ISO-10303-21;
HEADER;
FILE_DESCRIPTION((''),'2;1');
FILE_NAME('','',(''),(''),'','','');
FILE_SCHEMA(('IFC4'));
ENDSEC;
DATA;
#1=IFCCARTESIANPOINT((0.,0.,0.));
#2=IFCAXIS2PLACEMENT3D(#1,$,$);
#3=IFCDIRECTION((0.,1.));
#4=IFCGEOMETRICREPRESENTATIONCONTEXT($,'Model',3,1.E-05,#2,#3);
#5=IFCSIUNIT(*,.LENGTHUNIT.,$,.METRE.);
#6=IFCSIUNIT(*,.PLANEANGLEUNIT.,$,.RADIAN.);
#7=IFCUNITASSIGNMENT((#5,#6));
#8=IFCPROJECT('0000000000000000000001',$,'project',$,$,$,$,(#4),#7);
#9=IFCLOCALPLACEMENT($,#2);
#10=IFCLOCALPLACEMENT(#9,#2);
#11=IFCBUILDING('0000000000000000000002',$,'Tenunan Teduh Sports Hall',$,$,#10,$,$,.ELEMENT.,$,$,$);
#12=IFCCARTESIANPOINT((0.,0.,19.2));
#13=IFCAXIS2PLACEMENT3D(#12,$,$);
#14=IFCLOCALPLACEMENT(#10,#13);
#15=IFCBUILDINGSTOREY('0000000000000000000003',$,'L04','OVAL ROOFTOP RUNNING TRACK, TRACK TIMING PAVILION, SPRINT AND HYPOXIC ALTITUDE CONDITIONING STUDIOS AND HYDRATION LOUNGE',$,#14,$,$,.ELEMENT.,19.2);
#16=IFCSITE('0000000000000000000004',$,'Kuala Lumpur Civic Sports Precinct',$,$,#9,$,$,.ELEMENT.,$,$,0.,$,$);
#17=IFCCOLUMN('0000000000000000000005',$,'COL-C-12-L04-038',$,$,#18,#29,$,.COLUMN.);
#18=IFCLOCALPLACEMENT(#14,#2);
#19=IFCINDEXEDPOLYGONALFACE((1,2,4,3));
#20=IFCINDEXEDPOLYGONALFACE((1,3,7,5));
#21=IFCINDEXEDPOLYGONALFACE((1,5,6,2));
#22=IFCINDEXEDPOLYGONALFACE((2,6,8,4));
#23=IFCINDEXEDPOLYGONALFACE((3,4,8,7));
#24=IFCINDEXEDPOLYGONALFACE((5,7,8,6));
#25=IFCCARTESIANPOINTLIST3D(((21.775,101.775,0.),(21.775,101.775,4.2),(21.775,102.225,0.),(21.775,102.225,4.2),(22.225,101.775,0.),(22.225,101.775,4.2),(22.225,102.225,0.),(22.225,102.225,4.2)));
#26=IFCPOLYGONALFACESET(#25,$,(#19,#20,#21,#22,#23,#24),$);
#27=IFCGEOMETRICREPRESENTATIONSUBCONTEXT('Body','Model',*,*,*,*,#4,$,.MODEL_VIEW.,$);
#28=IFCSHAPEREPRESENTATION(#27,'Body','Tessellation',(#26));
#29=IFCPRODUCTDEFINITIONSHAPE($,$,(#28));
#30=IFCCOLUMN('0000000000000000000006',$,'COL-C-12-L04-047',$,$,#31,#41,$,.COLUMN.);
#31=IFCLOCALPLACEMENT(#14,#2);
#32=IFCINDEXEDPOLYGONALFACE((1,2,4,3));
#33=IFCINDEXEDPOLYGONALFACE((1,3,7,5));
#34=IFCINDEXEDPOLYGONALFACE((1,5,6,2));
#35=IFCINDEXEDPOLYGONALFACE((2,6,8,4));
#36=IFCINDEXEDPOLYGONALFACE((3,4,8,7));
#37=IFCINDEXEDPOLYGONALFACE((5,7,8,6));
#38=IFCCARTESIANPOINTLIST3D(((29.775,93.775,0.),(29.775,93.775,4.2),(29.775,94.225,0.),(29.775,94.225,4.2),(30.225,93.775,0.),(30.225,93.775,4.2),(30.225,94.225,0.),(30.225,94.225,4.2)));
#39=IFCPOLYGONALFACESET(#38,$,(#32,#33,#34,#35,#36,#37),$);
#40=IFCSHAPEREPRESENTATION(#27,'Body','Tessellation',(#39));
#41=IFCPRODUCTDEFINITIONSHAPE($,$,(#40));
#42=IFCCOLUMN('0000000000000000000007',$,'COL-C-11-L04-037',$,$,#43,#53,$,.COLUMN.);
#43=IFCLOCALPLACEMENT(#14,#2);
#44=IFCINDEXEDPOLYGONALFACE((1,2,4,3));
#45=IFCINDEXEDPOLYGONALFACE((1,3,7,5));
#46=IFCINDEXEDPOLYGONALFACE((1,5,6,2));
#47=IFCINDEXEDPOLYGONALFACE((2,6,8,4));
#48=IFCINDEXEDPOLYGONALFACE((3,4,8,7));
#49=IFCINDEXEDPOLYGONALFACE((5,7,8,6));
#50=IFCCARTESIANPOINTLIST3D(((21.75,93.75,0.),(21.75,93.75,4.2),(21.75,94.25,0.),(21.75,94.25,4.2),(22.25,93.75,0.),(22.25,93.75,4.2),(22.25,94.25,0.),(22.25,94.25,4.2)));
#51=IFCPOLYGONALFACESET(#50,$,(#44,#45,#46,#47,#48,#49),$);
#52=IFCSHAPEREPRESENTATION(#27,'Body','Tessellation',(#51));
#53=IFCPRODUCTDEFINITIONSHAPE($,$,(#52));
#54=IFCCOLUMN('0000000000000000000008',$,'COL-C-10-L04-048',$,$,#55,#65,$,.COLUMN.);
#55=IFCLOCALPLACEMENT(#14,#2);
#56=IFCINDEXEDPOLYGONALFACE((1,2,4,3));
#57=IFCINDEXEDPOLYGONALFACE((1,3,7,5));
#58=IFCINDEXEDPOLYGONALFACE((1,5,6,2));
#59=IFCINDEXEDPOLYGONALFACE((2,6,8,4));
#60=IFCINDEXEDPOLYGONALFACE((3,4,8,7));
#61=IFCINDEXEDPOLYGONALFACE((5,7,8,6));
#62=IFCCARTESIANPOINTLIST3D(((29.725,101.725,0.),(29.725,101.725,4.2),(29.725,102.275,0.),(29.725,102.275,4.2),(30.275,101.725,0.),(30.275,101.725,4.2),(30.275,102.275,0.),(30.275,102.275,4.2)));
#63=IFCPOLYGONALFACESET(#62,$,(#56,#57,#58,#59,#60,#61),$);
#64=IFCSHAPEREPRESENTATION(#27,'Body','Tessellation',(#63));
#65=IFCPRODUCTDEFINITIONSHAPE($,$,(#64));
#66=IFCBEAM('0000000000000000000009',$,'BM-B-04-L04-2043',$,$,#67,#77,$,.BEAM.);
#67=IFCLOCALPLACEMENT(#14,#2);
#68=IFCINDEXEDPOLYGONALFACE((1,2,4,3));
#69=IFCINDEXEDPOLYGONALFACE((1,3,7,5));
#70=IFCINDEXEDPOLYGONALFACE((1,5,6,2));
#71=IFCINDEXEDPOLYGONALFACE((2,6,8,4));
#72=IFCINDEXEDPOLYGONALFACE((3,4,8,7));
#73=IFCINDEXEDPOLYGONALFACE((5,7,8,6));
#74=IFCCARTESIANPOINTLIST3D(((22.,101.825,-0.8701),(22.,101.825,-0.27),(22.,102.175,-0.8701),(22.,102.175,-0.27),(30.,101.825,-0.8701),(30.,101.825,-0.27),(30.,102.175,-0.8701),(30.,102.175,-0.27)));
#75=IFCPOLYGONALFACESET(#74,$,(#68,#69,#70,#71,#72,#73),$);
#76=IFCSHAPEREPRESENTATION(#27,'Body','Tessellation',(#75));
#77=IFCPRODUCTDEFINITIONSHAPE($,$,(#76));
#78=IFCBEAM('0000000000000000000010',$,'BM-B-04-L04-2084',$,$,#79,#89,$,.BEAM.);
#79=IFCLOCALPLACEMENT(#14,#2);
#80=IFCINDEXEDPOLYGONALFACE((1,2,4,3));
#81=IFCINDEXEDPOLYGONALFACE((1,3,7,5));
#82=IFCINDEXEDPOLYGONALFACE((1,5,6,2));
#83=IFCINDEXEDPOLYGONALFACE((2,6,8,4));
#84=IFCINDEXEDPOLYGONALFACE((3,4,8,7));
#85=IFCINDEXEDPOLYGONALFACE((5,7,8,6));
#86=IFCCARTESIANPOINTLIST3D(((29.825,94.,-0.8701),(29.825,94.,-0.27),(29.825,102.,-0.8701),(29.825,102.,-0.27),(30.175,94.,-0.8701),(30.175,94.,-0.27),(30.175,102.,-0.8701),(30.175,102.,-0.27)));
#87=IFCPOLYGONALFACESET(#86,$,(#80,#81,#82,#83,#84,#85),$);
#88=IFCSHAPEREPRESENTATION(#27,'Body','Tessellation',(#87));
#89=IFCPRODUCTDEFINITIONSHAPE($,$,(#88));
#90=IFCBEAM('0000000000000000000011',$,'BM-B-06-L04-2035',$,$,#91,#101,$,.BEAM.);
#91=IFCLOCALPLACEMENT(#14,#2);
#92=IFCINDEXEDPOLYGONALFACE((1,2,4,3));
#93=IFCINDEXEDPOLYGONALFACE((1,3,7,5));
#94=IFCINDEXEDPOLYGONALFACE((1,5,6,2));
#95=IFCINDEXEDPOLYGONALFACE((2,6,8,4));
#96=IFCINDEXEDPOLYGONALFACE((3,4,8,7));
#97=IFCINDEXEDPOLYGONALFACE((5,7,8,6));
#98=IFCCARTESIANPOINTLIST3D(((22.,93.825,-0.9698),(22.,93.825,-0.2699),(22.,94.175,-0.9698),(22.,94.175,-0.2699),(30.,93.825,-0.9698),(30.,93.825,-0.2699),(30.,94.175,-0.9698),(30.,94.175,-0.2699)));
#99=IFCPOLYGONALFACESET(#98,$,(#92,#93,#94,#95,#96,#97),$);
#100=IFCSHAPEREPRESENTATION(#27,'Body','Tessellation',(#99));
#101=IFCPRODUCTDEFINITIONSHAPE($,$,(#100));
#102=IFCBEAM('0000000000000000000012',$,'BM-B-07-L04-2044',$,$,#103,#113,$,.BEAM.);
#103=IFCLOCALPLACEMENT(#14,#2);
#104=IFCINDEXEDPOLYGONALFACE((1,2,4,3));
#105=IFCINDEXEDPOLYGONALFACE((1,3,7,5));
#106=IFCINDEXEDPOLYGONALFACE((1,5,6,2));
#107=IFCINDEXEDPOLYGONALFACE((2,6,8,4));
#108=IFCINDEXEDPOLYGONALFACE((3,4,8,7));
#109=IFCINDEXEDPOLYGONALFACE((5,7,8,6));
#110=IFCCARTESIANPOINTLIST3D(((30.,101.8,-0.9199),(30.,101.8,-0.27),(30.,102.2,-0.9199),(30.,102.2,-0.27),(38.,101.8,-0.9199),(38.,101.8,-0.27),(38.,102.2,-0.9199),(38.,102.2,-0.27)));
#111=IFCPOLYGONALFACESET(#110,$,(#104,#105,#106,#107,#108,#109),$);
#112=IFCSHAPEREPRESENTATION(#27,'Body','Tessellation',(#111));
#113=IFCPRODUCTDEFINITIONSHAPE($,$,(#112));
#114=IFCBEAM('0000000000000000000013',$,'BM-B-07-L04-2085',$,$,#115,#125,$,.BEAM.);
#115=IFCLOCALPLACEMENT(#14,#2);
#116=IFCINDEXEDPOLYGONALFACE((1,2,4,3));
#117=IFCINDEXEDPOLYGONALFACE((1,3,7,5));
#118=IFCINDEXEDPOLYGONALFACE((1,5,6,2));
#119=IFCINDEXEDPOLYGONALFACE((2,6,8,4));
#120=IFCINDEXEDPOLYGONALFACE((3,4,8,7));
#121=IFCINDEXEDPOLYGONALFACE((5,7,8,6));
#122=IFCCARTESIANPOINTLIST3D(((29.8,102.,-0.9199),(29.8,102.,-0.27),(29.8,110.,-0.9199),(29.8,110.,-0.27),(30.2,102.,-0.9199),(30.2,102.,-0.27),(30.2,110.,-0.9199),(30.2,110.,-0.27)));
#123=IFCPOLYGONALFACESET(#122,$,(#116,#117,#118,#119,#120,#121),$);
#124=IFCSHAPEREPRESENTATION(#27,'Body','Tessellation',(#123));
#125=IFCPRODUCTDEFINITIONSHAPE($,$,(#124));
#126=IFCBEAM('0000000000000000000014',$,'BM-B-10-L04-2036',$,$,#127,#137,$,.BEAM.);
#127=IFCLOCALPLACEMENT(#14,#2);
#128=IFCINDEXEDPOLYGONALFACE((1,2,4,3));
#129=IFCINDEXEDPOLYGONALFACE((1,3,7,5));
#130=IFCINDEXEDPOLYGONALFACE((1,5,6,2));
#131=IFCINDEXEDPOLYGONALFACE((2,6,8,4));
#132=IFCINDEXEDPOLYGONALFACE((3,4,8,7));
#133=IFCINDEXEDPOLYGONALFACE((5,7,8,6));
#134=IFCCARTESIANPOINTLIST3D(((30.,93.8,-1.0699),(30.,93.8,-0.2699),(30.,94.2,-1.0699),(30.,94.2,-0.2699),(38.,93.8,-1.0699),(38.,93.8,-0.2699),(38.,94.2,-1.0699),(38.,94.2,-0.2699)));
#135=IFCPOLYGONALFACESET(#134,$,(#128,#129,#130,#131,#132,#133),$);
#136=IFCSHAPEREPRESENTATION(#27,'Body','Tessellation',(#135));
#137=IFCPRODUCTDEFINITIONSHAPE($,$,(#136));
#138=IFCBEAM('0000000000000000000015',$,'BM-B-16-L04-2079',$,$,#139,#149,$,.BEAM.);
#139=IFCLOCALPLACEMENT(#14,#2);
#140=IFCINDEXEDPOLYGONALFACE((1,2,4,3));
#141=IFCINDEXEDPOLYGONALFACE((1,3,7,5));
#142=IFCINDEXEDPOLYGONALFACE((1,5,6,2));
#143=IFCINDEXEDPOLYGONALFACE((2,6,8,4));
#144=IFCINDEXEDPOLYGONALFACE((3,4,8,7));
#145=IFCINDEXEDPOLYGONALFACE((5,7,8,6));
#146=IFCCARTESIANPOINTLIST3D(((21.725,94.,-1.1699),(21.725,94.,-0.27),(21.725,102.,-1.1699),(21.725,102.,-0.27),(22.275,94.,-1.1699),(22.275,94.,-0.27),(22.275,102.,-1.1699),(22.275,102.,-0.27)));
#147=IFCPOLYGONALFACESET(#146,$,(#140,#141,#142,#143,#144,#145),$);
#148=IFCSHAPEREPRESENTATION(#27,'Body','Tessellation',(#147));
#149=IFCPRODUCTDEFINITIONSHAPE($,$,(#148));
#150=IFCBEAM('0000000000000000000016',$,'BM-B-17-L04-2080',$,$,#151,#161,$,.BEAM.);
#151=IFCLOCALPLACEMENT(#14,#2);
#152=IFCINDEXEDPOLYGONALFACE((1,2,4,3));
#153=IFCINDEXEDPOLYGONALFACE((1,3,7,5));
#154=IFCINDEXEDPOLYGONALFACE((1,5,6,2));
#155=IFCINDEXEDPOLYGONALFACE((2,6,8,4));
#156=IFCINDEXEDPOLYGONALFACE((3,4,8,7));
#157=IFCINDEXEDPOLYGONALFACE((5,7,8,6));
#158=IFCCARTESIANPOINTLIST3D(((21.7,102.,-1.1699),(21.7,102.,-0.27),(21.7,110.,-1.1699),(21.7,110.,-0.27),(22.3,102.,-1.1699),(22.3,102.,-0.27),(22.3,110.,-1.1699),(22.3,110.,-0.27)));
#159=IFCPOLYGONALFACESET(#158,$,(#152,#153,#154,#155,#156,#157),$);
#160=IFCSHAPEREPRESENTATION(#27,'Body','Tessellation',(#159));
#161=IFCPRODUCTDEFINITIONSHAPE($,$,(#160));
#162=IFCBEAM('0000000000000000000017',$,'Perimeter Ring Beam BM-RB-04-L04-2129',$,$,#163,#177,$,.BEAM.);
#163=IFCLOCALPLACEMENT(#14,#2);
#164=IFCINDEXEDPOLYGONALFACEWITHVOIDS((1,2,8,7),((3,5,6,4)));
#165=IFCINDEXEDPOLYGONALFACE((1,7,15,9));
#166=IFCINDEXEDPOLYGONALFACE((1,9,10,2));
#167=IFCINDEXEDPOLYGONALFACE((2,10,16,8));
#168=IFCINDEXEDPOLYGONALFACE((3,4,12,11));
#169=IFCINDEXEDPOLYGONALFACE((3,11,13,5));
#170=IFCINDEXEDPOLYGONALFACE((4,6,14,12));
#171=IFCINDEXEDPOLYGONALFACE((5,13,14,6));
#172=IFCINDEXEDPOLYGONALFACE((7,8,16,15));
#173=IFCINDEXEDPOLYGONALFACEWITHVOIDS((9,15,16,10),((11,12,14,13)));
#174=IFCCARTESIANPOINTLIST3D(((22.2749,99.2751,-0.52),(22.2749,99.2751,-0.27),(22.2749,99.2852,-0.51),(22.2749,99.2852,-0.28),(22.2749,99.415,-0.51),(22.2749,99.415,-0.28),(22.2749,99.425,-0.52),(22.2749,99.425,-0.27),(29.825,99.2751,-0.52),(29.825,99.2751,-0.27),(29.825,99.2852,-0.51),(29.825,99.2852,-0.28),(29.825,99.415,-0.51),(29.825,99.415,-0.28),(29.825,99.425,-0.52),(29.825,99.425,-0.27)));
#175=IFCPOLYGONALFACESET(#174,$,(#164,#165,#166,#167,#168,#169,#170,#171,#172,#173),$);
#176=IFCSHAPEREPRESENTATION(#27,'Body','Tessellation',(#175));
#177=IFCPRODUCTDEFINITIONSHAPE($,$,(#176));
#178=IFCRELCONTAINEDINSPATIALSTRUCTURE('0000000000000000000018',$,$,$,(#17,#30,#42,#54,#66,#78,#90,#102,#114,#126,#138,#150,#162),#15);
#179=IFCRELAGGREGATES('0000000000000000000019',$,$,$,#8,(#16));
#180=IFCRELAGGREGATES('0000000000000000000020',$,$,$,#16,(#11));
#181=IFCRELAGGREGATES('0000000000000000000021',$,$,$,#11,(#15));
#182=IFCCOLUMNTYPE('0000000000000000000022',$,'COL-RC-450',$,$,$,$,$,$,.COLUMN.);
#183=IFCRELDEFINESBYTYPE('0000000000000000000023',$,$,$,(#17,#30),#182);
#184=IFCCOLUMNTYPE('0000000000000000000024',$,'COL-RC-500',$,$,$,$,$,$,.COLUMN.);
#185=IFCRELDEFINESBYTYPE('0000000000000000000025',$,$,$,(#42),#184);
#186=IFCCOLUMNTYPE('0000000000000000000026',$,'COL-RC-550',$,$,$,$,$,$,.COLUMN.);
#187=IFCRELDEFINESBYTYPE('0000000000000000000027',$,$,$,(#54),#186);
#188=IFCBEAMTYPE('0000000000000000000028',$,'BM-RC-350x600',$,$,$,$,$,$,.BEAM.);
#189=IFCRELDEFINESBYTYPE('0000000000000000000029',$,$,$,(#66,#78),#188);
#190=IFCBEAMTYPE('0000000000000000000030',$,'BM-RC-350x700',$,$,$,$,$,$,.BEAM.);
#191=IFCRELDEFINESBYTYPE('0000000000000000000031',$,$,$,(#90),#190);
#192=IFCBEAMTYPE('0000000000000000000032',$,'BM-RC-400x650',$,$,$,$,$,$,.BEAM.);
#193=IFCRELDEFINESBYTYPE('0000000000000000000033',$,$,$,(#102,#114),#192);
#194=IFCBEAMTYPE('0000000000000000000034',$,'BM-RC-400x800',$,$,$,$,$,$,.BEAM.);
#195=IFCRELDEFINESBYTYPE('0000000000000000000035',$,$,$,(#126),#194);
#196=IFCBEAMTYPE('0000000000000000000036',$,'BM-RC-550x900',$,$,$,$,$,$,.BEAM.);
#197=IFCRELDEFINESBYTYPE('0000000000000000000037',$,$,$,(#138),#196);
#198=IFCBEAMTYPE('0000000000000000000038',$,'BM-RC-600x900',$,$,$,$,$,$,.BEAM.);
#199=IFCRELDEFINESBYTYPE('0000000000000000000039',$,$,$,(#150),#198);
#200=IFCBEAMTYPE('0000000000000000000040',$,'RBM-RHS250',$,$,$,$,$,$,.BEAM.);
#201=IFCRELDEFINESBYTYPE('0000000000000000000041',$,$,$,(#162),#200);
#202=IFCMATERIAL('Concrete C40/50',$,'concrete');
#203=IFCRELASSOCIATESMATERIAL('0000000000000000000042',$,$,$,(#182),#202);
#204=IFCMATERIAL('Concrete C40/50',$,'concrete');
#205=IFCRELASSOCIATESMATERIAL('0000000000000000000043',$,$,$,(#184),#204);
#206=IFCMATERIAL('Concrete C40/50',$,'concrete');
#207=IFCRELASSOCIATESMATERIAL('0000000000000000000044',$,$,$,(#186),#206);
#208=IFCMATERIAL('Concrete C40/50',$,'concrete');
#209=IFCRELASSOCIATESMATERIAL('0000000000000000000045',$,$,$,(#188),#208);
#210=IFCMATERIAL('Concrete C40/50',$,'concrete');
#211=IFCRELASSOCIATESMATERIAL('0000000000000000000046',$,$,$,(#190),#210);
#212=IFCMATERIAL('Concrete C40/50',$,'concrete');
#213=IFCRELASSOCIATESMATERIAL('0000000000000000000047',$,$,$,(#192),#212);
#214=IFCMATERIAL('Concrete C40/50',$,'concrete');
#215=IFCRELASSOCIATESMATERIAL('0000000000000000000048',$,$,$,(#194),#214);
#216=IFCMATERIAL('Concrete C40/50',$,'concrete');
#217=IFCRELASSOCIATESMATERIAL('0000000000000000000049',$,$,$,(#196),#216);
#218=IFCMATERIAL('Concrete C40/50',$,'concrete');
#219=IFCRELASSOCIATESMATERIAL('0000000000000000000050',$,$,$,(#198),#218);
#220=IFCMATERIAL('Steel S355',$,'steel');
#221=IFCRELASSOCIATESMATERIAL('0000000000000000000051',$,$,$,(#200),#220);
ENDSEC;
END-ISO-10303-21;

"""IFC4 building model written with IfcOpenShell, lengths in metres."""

from ifc_helpers import new_model, si_unit, direction, frame, origin, origin_2d, place, context, subcontext, project, spatial, rectangle, hollow_rectangle, extrude, material, material_profile, profile_set, type_object, element, save


model = new_model("IFC4")

# Units and contexts
model_context = context("Model", 3, precision=1e-05, world=origin(), true_north=direction((0.0, 1.0)))
body_context = subcontext(model_context, "Body", "Model", "MODEL_VIEW")
ifc_project = project(units=[si_unit("LENGTHUNIT", "METRE"), si_unit("PLANEANGLEUNIT", "RADIAN")], contexts=[model_context])

# Site, building, storey
site_placement = place(None, origin())
site = spatial("IfcSite", under=ifc_project, at=site_placement, Name="Kuala Lumpur Civic Sports Precinct", CompositionType="ELEMENT", RefElevation=0.0)
building_placement = place(site_placement, origin())
building = spatial("IfcBuilding", under=site, at=building_placement, Name="Tenunan Teduh Sports Hall", CompositionType="ELEMENT")
storey_placement = place(building_placement, frame((0.0, 0.0, 19.2)))
storey = spatial("IfcBuildingStorey", under=building, at=storey_placement, Name="L04", Description="OVAL ROOFTOP RUNNING TRACK, TRACK TIMING PAVILION, SPRINT AND HYPOXIC ALTITUDE CONDITIONING STUDIOS AND HYDRATION LOUNGE", CompositionType="ELEMENT", Elevation=19.2)

# Columns
ifc_material_1 = material(Name="Concrete C40/50", Category="concrete")
ifc_material_profile_1 = material_profile(ifc_material_1, rectangle(XDim=0.45, YDim=0.45, at=origin_2d()), Name="RC 450x450")
ifc_profile_set_1 = profile_set([ifc_material_profile_1], Name="Concrete C40/50")
column_type_1 = type_object("IfcColumnType", Name="COL-RC-450", PredefinedType="COLUMN", material=ifc_profile_set_1)
for number, where, z_axis, x_axis, name in (
    (1, (22.0, 102.0, 0.0), (0.0, 0.0, 1.0), (1.0, 0.0, 0.0), "COL-C-12-L04-038"),
    (2, (30.0, 94.0, 0.0), (0.0, 0.0, 1.0), (1.0, 0.0, 0.0), "COL-C-12-L04-047"),
):
    element("IfcColumn", number, at=place(storey_placement, frame(where, z_axis=z_axis, x_axis=x_axis)), inside=storey, type_object=column_type_1, Name=name, PredefinedType="COLUMN", context=body_context, shape_type="SweptSolid", body=[
        extrude(rectangle(XDim=0.45, YDim=0.45, at=origin_2d()), origin(), (0.0, 0.0, 1.0), 4.2),
    ])
ifc_material_2 = material(Name="Concrete C40/50", Category="concrete")
ifc_material_profile_2 = material_profile(ifc_material_2, rectangle(XDim=0.5, YDim=0.5, at=origin_2d()), Name="RC 500x500")
ifc_profile_set_2 = profile_set([ifc_material_profile_2], Name="Concrete C40/50")
column_type_2 = type_object("IfcColumnType", Name="COL-RC-500", PredefinedType="COLUMN", material=ifc_profile_set_2)
column_1_placement = place(storey_placement, frame((22.0, 94.0, 0.0), z_axis=(0.0, 0.0, 1.0), x_axis=(1.0, 0.0, 0.0)))
element("IfcColumn", 3, at=column_1_placement, inside=storey, type_object=column_type_2, Name="COL-C-11-L04-037", PredefinedType="COLUMN", context=body_context, shape_type="SweptSolid", body=[
    extrude(rectangle(XDim=0.5, YDim=0.5, at=origin_2d()), origin(), (0.0, 0.0, 1.0), 4.2),
])
ifc_material_3 = material(Name="Concrete C40/50", Category="concrete")
ifc_material_profile_3 = material_profile(ifc_material_3, rectangle(XDim=0.55, YDim=0.55, at=origin_2d()), Name="RC 550x550")
ifc_profile_set_3 = profile_set([ifc_material_profile_3], Name="Concrete C40/50")
column_type_3 = type_object("IfcColumnType", Name="COL-RC-550", PredefinedType="COLUMN", material=ifc_profile_set_3)
column_2_placement = place(storey_placement, frame((30.0, 102.0, 0.0), z_axis=(0.0, 0.0, 1.0), x_axis=(1.0, 0.0, 0.0)))
element("IfcColumn", 4, at=column_2_placement, inside=storey, type_object=column_type_3, Name="COL-C-10-L04-048", PredefinedType="COLUMN", context=body_context, shape_type="SweptSolid", body=[
    extrude(rectangle(XDim=0.55, YDim=0.55, at=origin_2d()), origin(), (0.0, 0.0, 1.0), 4.2),
])

# Beams
ifc_material_4 = material(Name="Concrete C40/50", Category="concrete")
ifc_material_profile_4 = material_profile(ifc_material_4, rectangle(XDim=0.3501, YDim=0.6001, at=origin_2d()), Name="RCB 350x600")
ifc_profile_set_4 = profile_set([ifc_material_profile_4], Name="Concrete C40/50")
beam_type_1 = type_object("IfcBeamType", Name="BM-RC-350x600", PredefinedType="BEAM", material=ifc_profile_set_4)
for number, where, z_axis, x_axis, name in (
    (5, (22.0, 102.0, -0.5701), (1.0, 0.0, 0.0), (0.0, 1.0, 0.0), "BM-B-04-L04-2043"),
    (6, (30.0, 94.0, -0.5701), (0.0, 1.0, 0.0), (-1.0, 0.0, 0.0), "BM-B-04-L04-2084"),
):
    element("IfcBeam", number, at=place(storey_placement, frame(where, z_axis=z_axis, x_axis=x_axis)), inside=storey, type_object=beam_type_1, Name=name, PredefinedType="BEAM", context=body_context, shape_type="SweptSolid", body=[
        extrude(rectangle(XDim=0.3501, YDim=0.6001, at=origin_2d()), origin(), (0.0, 0.0, 1.0), 8.0),
    ])
ifc_material_5 = material(Name="Concrete C40/50", Category="concrete")
ifc_material_profile_5 = material_profile(ifc_material_5, rectangle(XDim=0.3501, YDim=0.7, at=origin_2d()), Name="RCB 350x700")
ifc_profile_set_5 = profile_set([ifc_material_profile_5], Name="Concrete C40/50")
beam_type_2 = type_object("IfcBeamType", Name="BM-RC-350x700", PredefinedType="BEAM", material=ifc_profile_set_5)
beam_1_placement = place(storey_placement, frame((22.0, 94.0, -0.6199), z_axis=(1.0, 0.0, 0.0), x_axis=(0.0, 1.0, 0.0)))
element("IfcBeam", 7, at=beam_1_placement, inside=storey, type_object=beam_type_2, Name="BM-B-06-L04-2035", PredefinedType="BEAM", context=body_context, shape_type="SweptSolid", body=[
    extrude(rectangle(XDim=0.3501, YDim=0.7, at=origin_2d()), origin(), (0.0, 0.0, 1.0), 8.0),
])
ifc_material_6 = material(Name="Concrete C40/50", Category="concrete")
ifc_material_profile_6 = material_profile(ifc_material_6, rectangle(XDim=0.3999, YDim=0.6499, at=origin_2d()), Name="RCB 400x650")
ifc_profile_set_6 = profile_set([ifc_material_profile_6], Name="Concrete C40/50")
beam_type_3 = type_object("IfcBeamType", Name="BM-RC-400x650", PredefinedType="BEAM", material=ifc_profile_set_6)
for number, where, z_axis, x_axis, name in (
    (8, (30.0, 102.0, -0.595), (1.0, 0.0, 0.0), (0.0, 1.0, 0.0), "BM-B-07-L04-2044"),
    (9, (30.0, 102.0, -0.595), (0.0, 1.0, 0.0), (-1.0, 0.0, 0.0), "BM-B-07-L04-2085"),
):
    element("IfcBeam", number, at=place(storey_placement, frame(where, z_axis=z_axis, x_axis=x_axis)), inside=storey, type_object=beam_type_3, Name=name, PredefinedType="BEAM", context=body_context, shape_type="SweptSolid", body=[
        extrude(rectangle(XDim=0.3999, YDim=0.6499, at=origin_2d()), origin(), (0.0, 0.0, 1.0), 8.0),
    ])
ifc_material_7 = material(Name="Concrete C40/50", Category="concrete")
ifc_material_profile_7 = material_profile(ifc_material_7, rectangle(XDim=0.3999, YDim=0.8, at=origin_2d()), Name="RCB 400x800")
ifc_profile_set_7 = profile_set([ifc_material_profile_7], Name="Concrete C40/50")
beam_type_4 = type_object("IfcBeamType", Name="BM-RC-400x800", PredefinedType="BEAM", material=ifc_profile_set_7)
beam_2_placement = place(storey_placement, frame((30.0, 94.0, -0.6699), z_axis=(1.0, 0.0, 0.0), x_axis=(0.0, 1.0, 0.0)))
element("IfcBeam", 10, at=beam_2_placement, inside=storey, type_object=beam_type_4, Name="BM-B-10-L04-2036", PredefinedType="BEAM", context=body_context, shape_type="SweptSolid", body=[
    extrude(rectangle(XDim=0.3999, YDim=0.8, at=origin_2d()), origin(), (0.0, 0.0, 1.0), 8.0),
])
ifc_material_8 = material(Name="Concrete C40/50", Category="concrete")
ifc_material_profile_8 = material_profile(ifc_material_8, rectangle(XDim=0.55, YDim=0.8999, at=origin_2d()), Name="RCB 550x900")
ifc_profile_set_8 = profile_set([ifc_material_profile_8], Name="Concrete C40/50")
beam_type_5 = type_object("IfcBeamType", Name="BM-RC-550x900", PredefinedType="BEAM", material=ifc_profile_set_8)
beam_3_placement = place(storey_placement, frame((22.0, 94.0, -0.72), z_axis=(0.0, 1.0, 0.0), x_axis=(-1.0, 0.0, 0.0)))
element("IfcBeam", 11, at=beam_3_placement, inside=storey, type_object=beam_type_5, Name="BM-B-16-L04-2079", PredefinedType="BEAM", context=body_context, shape_type="SweptSolid", body=[
    extrude(rectangle(XDim=0.55, YDim=0.8999, at=origin_2d()), origin(), (0.0, 0.0, 1.0), 8.0),
])
ifc_material_9 = material(Name="Concrete C40/50", Category="concrete")
ifc_material_profile_9 = material_profile(ifc_material_9, rectangle(XDim=0.6001, YDim=0.8999, at=origin_2d()), Name="RCB 600x900")
ifc_profile_set_9 = profile_set([ifc_material_profile_9], Name="Concrete C40/50")
beam_type_6 = type_object("IfcBeamType", Name="BM-RC-600x900", PredefinedType="BEAM", material=ifc_profile_set_9)
beam_4_placement = place(storey_placement, frame((22.0, 102.0, -0.72), z_axis=(0.0, 1.0, 0.0), x_axis=(-1.0, 0.0, 0.0)))
element("IfcBeam", 12, at=beam_4_placement, inside=storey, type_object=beam_type_6, Name="BM-B-17-L04-2080", PredefinedType="BEAM", context=body_context, shape_type="SweptSolid", body=[
    extrude(rectangle(XDim=0.6001, YDim=0.8999, at=origin_2d()), origin(), (0.0, 0.0, 1.0), 8.0),
])
ifc_material_10 = material(Name="Steel S355", Category="steel")
ifc_material_profile_10 = material_profile(ifc_material_10, hollow_rectangle(XDim=0.1499, YDim=0.25, WallThickness=0.01, at=origin_2d()), Name="RHS 250x150x10.0")
ifc_profile_set_10 = profile_set([ifc_material_profile_10], Name="Steel S355")
beam_type_7 = type_object("IfcBeamType", Name="RBM-RHS250", PredefinedType="BEAM", material=ifc_profile_set_10)
beam_5_placement = place(storey_placement, frame((22.2749, 99.3501, -0.395), z_axis=(1.0, 0.0, 0.0), x_axis=(0.0, 1.0, 0.0)))
element("IfcBeam", 13, at=beam_5_placement, inside=storey, type_object=beam_type_7, Name="Perimeter Ring Beam BM-RB-04-L04-2129", PredefinedType="BEAM", context=body_context, shape_type="SweptSolid", body=[
    extrude(hollow_rectangle(XDim=0.1499, YDim=0.25, WallThickness=0.01, at=origin_2d()), origin(), (0.0, 0.0, 1.0), 7.55),
])

save(model, "model.ifc")
